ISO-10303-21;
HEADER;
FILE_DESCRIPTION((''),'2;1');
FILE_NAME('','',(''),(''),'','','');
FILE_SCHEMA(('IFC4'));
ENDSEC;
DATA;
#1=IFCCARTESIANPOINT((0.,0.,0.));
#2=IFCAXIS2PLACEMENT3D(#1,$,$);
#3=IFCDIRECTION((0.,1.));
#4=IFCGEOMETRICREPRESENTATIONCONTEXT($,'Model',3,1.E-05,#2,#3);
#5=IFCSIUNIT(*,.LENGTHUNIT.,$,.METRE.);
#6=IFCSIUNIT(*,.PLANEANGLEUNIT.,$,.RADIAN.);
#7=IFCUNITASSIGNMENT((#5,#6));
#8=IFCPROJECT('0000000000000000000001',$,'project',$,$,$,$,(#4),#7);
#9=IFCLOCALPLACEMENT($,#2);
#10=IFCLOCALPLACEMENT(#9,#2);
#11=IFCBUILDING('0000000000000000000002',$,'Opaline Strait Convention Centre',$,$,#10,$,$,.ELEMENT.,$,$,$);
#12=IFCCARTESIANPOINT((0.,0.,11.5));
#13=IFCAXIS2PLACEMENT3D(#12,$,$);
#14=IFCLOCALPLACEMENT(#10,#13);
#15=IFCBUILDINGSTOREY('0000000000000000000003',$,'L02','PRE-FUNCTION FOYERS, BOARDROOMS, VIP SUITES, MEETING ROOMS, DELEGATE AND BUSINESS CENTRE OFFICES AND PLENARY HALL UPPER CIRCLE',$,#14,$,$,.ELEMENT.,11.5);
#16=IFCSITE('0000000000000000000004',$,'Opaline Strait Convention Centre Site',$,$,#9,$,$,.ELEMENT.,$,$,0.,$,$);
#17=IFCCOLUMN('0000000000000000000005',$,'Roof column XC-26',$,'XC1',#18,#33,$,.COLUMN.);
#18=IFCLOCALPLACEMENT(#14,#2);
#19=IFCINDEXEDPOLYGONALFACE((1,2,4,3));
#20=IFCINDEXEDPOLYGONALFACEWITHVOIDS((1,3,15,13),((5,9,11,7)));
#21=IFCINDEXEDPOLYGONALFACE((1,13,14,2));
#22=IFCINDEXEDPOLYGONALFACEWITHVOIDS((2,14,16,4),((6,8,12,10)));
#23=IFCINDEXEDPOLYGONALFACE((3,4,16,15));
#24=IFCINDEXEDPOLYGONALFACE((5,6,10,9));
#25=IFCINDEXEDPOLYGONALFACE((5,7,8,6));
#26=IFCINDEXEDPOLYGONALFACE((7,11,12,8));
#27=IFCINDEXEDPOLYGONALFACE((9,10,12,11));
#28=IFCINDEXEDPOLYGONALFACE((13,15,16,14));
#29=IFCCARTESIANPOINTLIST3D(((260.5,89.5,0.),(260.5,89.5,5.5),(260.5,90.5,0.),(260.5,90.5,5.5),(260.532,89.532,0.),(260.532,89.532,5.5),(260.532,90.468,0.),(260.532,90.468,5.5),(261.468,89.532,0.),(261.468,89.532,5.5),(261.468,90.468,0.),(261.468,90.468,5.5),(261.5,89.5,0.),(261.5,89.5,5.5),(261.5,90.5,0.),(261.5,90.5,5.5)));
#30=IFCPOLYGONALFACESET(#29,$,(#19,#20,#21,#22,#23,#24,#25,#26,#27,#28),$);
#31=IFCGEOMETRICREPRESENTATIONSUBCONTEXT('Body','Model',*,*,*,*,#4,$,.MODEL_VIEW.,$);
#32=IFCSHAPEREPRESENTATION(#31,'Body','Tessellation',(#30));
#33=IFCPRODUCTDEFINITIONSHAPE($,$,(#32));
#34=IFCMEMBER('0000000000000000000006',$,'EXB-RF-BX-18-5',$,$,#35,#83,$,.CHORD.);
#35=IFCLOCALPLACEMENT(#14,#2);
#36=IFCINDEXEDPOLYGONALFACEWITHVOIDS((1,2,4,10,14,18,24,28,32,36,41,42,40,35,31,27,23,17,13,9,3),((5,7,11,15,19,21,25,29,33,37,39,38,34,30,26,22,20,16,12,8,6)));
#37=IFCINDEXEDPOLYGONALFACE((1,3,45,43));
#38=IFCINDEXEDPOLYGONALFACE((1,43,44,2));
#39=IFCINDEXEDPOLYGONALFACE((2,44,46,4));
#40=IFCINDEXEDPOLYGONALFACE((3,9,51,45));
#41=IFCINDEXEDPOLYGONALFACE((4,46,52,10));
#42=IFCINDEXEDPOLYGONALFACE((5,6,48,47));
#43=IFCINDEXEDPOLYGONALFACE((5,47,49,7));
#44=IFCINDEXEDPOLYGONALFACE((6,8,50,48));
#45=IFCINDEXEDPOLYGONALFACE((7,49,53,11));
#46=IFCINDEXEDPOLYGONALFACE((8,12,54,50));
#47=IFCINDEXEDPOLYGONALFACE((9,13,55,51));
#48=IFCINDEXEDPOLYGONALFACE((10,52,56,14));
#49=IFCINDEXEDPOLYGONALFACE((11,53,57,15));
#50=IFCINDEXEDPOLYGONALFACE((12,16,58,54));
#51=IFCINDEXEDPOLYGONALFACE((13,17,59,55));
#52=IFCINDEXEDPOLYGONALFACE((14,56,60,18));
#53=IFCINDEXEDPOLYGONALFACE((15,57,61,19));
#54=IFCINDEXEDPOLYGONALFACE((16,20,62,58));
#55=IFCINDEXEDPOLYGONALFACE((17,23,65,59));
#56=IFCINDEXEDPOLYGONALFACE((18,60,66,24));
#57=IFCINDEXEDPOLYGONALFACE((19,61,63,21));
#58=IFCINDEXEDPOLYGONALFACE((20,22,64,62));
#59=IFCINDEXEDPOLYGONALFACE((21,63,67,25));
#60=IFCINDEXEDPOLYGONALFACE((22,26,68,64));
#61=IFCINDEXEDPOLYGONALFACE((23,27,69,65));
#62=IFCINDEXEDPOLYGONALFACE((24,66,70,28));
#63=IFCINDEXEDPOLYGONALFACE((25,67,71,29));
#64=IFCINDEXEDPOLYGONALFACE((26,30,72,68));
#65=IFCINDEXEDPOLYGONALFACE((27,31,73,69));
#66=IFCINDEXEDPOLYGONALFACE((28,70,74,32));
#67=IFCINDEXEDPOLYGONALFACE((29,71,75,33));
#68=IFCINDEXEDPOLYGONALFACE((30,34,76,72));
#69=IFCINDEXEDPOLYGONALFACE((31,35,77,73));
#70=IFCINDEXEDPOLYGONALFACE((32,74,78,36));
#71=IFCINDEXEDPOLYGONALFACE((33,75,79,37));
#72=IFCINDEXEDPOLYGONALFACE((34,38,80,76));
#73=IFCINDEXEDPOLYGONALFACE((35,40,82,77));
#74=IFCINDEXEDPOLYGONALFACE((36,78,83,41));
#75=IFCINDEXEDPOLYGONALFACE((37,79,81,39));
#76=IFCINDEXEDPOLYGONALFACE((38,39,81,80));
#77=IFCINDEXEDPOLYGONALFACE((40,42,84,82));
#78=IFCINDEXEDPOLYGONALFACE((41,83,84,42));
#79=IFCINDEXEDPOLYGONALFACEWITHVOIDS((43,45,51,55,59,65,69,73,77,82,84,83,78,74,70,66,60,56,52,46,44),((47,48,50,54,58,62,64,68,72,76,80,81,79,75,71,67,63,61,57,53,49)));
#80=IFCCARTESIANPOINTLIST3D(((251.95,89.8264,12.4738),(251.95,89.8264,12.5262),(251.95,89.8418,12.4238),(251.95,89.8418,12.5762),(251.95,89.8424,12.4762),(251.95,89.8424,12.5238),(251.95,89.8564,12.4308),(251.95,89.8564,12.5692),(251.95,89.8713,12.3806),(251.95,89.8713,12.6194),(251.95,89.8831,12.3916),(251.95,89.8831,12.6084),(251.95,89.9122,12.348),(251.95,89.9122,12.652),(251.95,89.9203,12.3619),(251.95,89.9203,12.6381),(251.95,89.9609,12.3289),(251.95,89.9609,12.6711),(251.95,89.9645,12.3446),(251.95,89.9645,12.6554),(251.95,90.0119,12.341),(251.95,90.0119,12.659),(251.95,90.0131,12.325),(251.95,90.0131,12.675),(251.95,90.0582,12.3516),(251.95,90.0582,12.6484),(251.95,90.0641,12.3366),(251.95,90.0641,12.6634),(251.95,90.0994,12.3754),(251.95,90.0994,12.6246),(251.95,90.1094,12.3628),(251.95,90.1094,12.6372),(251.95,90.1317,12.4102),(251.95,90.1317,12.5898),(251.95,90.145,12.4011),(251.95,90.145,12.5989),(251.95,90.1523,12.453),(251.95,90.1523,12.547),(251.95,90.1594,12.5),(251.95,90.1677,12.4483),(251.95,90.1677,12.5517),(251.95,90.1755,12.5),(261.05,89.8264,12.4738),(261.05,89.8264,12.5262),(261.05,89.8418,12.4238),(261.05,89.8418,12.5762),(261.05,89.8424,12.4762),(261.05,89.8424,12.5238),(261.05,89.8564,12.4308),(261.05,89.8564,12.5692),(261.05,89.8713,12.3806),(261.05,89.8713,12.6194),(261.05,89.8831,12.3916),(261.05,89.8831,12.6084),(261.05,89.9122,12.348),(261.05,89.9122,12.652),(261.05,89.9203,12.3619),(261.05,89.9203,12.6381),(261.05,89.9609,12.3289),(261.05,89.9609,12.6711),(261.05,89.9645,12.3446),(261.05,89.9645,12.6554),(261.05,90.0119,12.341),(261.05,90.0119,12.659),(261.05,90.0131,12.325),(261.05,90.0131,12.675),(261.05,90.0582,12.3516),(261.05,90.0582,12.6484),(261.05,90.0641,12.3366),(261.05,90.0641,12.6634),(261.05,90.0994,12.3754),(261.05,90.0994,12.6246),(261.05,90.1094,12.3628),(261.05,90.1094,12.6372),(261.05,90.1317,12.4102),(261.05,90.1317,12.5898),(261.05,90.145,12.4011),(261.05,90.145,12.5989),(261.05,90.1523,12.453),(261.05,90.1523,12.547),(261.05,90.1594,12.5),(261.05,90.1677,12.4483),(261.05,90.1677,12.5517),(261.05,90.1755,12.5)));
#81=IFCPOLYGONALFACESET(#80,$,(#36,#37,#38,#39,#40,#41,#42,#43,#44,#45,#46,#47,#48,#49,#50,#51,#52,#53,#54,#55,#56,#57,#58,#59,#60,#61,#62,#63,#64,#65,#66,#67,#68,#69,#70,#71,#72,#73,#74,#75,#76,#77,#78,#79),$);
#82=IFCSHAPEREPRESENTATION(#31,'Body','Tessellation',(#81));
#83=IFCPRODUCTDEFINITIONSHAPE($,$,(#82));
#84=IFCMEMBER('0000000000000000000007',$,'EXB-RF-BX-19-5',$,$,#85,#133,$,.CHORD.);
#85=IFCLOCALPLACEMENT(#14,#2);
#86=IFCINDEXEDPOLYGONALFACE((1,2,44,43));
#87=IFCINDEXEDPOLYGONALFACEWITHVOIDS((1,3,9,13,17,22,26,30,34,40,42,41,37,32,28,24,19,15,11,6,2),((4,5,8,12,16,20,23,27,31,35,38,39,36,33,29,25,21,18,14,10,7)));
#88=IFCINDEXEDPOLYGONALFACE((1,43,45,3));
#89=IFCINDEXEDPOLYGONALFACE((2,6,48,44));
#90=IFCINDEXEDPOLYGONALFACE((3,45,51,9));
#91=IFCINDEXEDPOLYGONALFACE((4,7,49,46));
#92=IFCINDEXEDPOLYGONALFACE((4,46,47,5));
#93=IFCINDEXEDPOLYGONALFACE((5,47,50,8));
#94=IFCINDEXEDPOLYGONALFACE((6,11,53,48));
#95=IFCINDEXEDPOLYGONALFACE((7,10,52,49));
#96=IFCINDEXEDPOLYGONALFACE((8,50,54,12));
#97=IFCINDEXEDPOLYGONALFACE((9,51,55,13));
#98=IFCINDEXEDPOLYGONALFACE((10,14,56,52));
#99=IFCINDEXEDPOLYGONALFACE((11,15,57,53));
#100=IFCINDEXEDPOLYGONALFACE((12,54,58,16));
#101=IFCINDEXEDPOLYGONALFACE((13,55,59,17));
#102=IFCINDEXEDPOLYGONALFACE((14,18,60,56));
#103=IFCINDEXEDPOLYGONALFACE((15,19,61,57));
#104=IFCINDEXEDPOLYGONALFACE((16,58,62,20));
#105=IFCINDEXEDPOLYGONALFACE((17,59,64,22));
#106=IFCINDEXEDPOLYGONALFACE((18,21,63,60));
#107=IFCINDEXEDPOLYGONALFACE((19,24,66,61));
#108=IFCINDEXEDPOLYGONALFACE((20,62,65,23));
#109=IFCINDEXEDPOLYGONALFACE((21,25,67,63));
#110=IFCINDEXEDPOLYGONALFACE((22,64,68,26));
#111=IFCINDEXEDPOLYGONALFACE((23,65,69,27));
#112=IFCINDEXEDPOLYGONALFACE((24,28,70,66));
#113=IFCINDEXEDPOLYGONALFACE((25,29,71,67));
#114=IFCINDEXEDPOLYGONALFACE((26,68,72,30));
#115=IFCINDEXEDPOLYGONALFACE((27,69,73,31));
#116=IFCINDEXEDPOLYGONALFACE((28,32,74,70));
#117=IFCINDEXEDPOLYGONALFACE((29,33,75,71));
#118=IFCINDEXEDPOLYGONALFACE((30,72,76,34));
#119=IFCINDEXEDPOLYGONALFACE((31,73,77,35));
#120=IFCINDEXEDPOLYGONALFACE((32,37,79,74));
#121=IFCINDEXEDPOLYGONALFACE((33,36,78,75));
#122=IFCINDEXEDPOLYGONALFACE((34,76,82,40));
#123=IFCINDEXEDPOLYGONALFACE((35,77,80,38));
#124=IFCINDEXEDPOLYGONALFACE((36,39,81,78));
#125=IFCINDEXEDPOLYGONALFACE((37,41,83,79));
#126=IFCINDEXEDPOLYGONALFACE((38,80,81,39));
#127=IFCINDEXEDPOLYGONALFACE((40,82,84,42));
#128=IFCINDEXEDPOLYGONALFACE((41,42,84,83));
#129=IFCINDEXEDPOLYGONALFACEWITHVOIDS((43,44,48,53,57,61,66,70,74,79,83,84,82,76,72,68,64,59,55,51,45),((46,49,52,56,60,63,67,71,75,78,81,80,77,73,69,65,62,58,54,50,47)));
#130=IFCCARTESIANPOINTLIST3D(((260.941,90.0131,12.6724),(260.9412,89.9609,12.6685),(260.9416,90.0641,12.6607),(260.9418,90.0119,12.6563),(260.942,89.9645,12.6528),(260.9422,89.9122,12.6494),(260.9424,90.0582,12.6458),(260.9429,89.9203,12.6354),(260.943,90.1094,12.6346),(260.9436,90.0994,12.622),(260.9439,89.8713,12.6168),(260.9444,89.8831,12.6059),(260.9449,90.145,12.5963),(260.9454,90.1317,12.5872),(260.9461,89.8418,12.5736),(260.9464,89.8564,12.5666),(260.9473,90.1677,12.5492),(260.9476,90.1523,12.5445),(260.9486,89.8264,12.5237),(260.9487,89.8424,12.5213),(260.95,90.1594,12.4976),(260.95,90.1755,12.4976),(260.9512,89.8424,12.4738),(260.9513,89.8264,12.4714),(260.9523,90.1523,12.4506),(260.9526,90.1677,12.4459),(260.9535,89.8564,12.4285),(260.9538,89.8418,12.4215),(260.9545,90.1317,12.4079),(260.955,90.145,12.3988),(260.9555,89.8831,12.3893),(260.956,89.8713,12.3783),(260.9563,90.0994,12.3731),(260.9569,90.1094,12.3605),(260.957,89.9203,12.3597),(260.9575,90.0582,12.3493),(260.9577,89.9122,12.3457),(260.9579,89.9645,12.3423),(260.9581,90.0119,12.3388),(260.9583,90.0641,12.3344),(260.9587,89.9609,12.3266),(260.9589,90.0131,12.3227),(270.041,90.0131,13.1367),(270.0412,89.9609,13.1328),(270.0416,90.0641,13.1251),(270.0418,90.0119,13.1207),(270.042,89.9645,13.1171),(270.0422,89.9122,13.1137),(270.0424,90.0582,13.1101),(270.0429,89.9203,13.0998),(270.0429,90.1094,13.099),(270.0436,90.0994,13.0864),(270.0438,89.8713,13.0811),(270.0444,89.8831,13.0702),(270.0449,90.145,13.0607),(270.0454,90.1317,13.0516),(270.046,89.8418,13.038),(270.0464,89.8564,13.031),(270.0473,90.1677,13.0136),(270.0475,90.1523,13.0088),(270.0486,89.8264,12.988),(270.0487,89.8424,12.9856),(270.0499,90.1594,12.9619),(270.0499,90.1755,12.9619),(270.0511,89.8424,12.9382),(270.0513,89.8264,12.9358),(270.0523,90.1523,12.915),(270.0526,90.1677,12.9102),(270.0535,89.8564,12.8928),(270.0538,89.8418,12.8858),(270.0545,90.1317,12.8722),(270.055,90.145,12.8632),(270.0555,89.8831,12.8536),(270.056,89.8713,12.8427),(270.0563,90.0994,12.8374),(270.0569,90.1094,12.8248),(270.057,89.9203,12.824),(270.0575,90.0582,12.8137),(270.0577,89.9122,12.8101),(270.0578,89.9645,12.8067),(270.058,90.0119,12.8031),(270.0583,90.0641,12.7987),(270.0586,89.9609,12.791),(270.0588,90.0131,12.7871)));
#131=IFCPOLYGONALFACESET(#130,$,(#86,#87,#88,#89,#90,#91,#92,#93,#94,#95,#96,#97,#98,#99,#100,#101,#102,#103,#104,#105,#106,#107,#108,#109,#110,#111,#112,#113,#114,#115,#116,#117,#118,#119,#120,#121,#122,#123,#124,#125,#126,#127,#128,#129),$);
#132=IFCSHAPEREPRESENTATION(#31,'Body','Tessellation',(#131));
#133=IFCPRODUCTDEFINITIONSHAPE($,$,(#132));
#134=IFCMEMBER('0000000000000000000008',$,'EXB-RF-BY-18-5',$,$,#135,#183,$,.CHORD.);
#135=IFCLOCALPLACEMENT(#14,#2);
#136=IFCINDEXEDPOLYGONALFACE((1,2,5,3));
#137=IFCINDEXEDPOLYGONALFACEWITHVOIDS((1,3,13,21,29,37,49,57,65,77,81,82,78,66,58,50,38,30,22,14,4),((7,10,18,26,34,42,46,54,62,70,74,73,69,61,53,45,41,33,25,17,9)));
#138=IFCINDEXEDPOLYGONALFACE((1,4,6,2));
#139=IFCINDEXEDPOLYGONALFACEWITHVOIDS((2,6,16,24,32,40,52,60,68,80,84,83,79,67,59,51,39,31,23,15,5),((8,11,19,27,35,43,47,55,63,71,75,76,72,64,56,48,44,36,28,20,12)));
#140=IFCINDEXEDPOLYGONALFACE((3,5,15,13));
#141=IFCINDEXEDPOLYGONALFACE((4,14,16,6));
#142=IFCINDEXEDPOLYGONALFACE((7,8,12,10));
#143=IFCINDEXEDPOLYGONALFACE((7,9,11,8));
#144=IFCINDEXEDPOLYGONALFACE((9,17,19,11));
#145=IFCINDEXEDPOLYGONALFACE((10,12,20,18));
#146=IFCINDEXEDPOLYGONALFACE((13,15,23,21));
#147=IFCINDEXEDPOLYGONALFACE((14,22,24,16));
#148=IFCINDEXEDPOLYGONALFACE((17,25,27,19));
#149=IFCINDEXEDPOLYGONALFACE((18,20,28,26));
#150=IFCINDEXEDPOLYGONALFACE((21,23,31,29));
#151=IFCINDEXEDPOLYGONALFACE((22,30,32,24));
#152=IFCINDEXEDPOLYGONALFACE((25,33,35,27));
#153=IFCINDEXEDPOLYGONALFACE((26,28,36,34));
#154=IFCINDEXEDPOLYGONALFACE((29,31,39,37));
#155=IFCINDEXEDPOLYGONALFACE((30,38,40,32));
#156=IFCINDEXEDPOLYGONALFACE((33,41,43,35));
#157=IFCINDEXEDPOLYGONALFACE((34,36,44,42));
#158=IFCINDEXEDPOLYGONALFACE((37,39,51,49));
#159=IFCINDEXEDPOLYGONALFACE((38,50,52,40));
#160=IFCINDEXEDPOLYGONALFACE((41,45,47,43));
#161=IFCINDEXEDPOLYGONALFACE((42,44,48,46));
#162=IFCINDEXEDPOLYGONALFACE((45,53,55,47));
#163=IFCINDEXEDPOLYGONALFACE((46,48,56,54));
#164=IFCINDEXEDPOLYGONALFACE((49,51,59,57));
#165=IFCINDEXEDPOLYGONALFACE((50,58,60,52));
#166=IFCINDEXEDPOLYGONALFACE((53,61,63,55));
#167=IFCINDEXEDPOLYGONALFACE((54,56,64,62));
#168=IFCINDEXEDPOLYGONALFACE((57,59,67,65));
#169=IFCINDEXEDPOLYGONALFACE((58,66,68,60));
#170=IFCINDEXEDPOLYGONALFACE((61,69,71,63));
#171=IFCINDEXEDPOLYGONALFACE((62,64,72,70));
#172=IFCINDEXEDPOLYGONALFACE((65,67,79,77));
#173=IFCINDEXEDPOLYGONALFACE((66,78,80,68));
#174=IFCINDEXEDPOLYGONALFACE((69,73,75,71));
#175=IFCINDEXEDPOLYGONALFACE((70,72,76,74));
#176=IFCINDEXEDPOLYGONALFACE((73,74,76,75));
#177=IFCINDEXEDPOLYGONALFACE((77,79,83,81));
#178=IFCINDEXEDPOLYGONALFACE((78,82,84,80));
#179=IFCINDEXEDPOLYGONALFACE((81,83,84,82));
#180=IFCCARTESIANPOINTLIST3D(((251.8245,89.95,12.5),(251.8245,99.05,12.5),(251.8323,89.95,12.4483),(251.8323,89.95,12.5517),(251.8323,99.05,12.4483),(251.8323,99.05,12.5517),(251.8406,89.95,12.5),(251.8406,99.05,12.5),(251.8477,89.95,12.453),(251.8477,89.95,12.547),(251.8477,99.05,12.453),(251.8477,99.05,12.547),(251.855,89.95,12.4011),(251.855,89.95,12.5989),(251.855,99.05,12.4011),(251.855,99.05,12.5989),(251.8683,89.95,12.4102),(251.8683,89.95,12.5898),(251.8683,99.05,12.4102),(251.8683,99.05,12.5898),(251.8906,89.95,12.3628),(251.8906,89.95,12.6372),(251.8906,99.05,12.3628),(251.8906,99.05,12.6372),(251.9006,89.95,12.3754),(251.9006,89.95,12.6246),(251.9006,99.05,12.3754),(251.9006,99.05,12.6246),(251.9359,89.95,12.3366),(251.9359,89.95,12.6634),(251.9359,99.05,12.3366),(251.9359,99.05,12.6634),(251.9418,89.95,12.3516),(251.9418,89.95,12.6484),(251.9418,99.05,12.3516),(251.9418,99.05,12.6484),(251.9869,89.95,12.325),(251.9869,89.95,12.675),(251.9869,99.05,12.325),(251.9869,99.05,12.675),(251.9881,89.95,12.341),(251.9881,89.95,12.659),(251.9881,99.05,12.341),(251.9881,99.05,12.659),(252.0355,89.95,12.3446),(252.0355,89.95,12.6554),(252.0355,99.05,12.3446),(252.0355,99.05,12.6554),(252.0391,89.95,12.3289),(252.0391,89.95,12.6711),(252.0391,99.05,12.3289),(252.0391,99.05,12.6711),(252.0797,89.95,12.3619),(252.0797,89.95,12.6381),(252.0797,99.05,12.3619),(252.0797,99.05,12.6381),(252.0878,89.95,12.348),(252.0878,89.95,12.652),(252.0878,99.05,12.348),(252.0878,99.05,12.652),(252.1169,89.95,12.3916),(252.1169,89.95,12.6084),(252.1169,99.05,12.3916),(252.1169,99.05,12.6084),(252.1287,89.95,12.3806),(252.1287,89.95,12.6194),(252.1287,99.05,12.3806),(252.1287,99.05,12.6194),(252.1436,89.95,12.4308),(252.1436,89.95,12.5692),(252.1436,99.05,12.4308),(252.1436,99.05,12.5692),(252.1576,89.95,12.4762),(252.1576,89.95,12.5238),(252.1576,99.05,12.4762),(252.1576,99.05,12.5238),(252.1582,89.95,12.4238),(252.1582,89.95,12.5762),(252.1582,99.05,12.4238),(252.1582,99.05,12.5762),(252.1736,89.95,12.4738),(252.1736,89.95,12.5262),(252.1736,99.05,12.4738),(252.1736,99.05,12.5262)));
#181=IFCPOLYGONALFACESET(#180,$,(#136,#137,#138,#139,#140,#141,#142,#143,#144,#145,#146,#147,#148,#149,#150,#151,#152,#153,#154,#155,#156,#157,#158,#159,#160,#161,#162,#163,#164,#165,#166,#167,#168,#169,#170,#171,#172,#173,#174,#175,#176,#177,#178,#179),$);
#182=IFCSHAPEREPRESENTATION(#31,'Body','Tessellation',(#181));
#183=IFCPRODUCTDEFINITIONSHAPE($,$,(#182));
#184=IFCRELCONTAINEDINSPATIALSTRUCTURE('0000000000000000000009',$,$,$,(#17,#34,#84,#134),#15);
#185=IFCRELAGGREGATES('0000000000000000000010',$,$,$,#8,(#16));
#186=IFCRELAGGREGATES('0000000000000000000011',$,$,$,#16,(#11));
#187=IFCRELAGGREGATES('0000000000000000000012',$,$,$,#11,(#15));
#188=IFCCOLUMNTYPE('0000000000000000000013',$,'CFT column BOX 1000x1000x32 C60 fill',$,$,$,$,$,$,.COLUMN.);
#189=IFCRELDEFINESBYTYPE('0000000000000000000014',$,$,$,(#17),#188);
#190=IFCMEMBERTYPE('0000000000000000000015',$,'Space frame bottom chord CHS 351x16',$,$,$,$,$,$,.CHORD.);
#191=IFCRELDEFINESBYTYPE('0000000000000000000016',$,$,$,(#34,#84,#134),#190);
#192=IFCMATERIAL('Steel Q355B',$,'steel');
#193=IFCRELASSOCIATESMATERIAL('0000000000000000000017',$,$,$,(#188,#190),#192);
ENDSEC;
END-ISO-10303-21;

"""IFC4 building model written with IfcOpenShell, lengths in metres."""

from ifc_helpers import new_model, si_unit, direction, frame, origin, origin_2d, place, context, subcontext, project, spatial, hollow_rectangle, hollow_circle, extrude, material, material_profile, profile_set, type_object, element, save


model = new_model("IFC4")

# Units and contexts
model_context = context("Model", 3, precision=1e-05, world=origin(), true_north=direction((0.0, 1.0)))
body_context = subcontext(model_context, "Body", "Model", "MODEL_VIEW")
ifc_project = project(units=[si_unit("LENGTHUNIT", "METRE"), si_unit("PLANEANGLEUNIT", "RADIAN")], contexts=[model_context])

# Site, building, storey
site_placement = place(None, origin())
site = spatial("IfcSite", under=ifc_project, at=site_placement, Name="Opaline Strait Convention Centre Site", CompositionType="ELEMENT", RefElevation=0.0)
building_placement = place(site_placement, origin())
building = spatial("IfcBuilding", under=site, at=building_placement, Name="Opaline Strait Convention Centre", CompositionType="ELEMENT")
storey_placement = place(building_placement, frame((0.0, 0.0, 11.5)))
storey = spatial("IfcBuildingStorey", under=building, at=storey_placement, Name="L02", Description="PRE-FUNCTION FOYERS, BOARDROOMS, VIP SUITES, MEETING ROOMS, DELEGATE AND BUSINESS CENTRE OFFICES AND PLENARY HALL UPPER CIRCLE", CompositionType="ELEMENT", Elevation=11.5)

# Column
ifc_material_1 = material(Name="Steel Q355B", Category="steel")
ifc_material_profile_1 = material_profile(ifc_material_1, hollow_rectangle(XDim=1.0, YDim=1.0, WallThickness=0.032, at=origin_2d()), Name="BOX 1000x1000x32")
ifc_profile_set_1 = profile_set([ifc_material_profile_1], Name="Steel Q355B")
column_type = type_object("IfcColumnType", Name="CFT column BOX 1000x1000x32 C60 fill", PredefinedType="COLUMN", material=ifc_profile_set_1)
column_placement = place(storey_placement, frame((261.0, 90.0, 0.0), z_axis=(0.0, 0.0, 1.0), x_axis=(1.0, 0.0, 0.0)))
element("IfcColumn", 1, at=column_placement, inside=storey, type_object=column_type, Name="Roof column XC-26", ObjectType="XC1", PredefinedType="COLUMN", context=body_context, shape_type="SweptSolid", body=[
    extrude(hollow_rectangle(XDim=1.0, YDim=1.0, WallThickness=0.032, at=origin_2d()), origin(), (0.0, 0.0, 1.0), 5.5),
])

# Members
ifc_material_profile_2 = material_profile(ifc_material_1, hollow_circle(Radius=0.1755, WallThickness=0.0161, at=origin_2d()), Name="CHS 351x16")
ifc_profile_set_2 = profile_set([ifc_material_profile_2], Name="Steel Q355B")
member_type = type_object("IfcMemberType", Name="Space frame bottom chord CHS 351x16", PredefinedType="CHORD", material=ifc_profile_set_2)
member_1_placement = place(storey_placement, frame((251.95, 90.0, 12.5), z_axis=(1.0, 0.0, 0.0), x_axis=(0.0, 1.0, 0.0)))
element("IfcMember", 2, at=member_1_placement, inside=storey, type_object=member_type, Name="EXB-RF-BX-18-5", PredefinedType="CHORD", context=body_context, shape_type="SweptSolid", body=[
    extrude(hollow_circle(Radius=0.1755, WallThickness=0.0161, at=origin_2d()), origin(), (0.0, 0.0, 1.0), 9.1001),
])
member_2_placement = place(storey_placement, frame((260.95, 90.0, 12.4976), z_axis=(0.998701, 0.0, 0.050961), x_axis=(0.0, 1.0, 0.0)))
element("IfcMember", 3, at=member_2_placement, inside=storey, type_object=member_type, Name="EXB-RF-BX-19-5", PredefinedType="CHORD", context=body_context, shape_type="SweptSolid", body=[
    extrude(hollow_circle(Radius=0.1755, WallThickness=0.0161, at=origin_2d()), origin(), (0.0, 0.0, 1.0), 9.1118),
])
for number, where, z_axis, x_axis, name in (
    (4, (252.0, 89.95, 12.5), (0.0, 1.0, 0.0), (-1.0, 0.0, 0.0), "EXB-RF-BY-18-5"),
):
    element("IfcMember", number, at=place(storey_placement, frame(where, z_axis=z_axis, x_axis=x_axis)), inside=storey, type_object=member_type, Name=name, PredefinedType="CHORD", context=body_context, shape_type="SweptSolid", body=[
        extrude(hollow_circle(Radius=0.1755, WallThickness=0.0161, at=origin_2d()), origin(), (0.0, 0.0, 1.0), 9.1001),
    ])

save(model, "model.ifc")
